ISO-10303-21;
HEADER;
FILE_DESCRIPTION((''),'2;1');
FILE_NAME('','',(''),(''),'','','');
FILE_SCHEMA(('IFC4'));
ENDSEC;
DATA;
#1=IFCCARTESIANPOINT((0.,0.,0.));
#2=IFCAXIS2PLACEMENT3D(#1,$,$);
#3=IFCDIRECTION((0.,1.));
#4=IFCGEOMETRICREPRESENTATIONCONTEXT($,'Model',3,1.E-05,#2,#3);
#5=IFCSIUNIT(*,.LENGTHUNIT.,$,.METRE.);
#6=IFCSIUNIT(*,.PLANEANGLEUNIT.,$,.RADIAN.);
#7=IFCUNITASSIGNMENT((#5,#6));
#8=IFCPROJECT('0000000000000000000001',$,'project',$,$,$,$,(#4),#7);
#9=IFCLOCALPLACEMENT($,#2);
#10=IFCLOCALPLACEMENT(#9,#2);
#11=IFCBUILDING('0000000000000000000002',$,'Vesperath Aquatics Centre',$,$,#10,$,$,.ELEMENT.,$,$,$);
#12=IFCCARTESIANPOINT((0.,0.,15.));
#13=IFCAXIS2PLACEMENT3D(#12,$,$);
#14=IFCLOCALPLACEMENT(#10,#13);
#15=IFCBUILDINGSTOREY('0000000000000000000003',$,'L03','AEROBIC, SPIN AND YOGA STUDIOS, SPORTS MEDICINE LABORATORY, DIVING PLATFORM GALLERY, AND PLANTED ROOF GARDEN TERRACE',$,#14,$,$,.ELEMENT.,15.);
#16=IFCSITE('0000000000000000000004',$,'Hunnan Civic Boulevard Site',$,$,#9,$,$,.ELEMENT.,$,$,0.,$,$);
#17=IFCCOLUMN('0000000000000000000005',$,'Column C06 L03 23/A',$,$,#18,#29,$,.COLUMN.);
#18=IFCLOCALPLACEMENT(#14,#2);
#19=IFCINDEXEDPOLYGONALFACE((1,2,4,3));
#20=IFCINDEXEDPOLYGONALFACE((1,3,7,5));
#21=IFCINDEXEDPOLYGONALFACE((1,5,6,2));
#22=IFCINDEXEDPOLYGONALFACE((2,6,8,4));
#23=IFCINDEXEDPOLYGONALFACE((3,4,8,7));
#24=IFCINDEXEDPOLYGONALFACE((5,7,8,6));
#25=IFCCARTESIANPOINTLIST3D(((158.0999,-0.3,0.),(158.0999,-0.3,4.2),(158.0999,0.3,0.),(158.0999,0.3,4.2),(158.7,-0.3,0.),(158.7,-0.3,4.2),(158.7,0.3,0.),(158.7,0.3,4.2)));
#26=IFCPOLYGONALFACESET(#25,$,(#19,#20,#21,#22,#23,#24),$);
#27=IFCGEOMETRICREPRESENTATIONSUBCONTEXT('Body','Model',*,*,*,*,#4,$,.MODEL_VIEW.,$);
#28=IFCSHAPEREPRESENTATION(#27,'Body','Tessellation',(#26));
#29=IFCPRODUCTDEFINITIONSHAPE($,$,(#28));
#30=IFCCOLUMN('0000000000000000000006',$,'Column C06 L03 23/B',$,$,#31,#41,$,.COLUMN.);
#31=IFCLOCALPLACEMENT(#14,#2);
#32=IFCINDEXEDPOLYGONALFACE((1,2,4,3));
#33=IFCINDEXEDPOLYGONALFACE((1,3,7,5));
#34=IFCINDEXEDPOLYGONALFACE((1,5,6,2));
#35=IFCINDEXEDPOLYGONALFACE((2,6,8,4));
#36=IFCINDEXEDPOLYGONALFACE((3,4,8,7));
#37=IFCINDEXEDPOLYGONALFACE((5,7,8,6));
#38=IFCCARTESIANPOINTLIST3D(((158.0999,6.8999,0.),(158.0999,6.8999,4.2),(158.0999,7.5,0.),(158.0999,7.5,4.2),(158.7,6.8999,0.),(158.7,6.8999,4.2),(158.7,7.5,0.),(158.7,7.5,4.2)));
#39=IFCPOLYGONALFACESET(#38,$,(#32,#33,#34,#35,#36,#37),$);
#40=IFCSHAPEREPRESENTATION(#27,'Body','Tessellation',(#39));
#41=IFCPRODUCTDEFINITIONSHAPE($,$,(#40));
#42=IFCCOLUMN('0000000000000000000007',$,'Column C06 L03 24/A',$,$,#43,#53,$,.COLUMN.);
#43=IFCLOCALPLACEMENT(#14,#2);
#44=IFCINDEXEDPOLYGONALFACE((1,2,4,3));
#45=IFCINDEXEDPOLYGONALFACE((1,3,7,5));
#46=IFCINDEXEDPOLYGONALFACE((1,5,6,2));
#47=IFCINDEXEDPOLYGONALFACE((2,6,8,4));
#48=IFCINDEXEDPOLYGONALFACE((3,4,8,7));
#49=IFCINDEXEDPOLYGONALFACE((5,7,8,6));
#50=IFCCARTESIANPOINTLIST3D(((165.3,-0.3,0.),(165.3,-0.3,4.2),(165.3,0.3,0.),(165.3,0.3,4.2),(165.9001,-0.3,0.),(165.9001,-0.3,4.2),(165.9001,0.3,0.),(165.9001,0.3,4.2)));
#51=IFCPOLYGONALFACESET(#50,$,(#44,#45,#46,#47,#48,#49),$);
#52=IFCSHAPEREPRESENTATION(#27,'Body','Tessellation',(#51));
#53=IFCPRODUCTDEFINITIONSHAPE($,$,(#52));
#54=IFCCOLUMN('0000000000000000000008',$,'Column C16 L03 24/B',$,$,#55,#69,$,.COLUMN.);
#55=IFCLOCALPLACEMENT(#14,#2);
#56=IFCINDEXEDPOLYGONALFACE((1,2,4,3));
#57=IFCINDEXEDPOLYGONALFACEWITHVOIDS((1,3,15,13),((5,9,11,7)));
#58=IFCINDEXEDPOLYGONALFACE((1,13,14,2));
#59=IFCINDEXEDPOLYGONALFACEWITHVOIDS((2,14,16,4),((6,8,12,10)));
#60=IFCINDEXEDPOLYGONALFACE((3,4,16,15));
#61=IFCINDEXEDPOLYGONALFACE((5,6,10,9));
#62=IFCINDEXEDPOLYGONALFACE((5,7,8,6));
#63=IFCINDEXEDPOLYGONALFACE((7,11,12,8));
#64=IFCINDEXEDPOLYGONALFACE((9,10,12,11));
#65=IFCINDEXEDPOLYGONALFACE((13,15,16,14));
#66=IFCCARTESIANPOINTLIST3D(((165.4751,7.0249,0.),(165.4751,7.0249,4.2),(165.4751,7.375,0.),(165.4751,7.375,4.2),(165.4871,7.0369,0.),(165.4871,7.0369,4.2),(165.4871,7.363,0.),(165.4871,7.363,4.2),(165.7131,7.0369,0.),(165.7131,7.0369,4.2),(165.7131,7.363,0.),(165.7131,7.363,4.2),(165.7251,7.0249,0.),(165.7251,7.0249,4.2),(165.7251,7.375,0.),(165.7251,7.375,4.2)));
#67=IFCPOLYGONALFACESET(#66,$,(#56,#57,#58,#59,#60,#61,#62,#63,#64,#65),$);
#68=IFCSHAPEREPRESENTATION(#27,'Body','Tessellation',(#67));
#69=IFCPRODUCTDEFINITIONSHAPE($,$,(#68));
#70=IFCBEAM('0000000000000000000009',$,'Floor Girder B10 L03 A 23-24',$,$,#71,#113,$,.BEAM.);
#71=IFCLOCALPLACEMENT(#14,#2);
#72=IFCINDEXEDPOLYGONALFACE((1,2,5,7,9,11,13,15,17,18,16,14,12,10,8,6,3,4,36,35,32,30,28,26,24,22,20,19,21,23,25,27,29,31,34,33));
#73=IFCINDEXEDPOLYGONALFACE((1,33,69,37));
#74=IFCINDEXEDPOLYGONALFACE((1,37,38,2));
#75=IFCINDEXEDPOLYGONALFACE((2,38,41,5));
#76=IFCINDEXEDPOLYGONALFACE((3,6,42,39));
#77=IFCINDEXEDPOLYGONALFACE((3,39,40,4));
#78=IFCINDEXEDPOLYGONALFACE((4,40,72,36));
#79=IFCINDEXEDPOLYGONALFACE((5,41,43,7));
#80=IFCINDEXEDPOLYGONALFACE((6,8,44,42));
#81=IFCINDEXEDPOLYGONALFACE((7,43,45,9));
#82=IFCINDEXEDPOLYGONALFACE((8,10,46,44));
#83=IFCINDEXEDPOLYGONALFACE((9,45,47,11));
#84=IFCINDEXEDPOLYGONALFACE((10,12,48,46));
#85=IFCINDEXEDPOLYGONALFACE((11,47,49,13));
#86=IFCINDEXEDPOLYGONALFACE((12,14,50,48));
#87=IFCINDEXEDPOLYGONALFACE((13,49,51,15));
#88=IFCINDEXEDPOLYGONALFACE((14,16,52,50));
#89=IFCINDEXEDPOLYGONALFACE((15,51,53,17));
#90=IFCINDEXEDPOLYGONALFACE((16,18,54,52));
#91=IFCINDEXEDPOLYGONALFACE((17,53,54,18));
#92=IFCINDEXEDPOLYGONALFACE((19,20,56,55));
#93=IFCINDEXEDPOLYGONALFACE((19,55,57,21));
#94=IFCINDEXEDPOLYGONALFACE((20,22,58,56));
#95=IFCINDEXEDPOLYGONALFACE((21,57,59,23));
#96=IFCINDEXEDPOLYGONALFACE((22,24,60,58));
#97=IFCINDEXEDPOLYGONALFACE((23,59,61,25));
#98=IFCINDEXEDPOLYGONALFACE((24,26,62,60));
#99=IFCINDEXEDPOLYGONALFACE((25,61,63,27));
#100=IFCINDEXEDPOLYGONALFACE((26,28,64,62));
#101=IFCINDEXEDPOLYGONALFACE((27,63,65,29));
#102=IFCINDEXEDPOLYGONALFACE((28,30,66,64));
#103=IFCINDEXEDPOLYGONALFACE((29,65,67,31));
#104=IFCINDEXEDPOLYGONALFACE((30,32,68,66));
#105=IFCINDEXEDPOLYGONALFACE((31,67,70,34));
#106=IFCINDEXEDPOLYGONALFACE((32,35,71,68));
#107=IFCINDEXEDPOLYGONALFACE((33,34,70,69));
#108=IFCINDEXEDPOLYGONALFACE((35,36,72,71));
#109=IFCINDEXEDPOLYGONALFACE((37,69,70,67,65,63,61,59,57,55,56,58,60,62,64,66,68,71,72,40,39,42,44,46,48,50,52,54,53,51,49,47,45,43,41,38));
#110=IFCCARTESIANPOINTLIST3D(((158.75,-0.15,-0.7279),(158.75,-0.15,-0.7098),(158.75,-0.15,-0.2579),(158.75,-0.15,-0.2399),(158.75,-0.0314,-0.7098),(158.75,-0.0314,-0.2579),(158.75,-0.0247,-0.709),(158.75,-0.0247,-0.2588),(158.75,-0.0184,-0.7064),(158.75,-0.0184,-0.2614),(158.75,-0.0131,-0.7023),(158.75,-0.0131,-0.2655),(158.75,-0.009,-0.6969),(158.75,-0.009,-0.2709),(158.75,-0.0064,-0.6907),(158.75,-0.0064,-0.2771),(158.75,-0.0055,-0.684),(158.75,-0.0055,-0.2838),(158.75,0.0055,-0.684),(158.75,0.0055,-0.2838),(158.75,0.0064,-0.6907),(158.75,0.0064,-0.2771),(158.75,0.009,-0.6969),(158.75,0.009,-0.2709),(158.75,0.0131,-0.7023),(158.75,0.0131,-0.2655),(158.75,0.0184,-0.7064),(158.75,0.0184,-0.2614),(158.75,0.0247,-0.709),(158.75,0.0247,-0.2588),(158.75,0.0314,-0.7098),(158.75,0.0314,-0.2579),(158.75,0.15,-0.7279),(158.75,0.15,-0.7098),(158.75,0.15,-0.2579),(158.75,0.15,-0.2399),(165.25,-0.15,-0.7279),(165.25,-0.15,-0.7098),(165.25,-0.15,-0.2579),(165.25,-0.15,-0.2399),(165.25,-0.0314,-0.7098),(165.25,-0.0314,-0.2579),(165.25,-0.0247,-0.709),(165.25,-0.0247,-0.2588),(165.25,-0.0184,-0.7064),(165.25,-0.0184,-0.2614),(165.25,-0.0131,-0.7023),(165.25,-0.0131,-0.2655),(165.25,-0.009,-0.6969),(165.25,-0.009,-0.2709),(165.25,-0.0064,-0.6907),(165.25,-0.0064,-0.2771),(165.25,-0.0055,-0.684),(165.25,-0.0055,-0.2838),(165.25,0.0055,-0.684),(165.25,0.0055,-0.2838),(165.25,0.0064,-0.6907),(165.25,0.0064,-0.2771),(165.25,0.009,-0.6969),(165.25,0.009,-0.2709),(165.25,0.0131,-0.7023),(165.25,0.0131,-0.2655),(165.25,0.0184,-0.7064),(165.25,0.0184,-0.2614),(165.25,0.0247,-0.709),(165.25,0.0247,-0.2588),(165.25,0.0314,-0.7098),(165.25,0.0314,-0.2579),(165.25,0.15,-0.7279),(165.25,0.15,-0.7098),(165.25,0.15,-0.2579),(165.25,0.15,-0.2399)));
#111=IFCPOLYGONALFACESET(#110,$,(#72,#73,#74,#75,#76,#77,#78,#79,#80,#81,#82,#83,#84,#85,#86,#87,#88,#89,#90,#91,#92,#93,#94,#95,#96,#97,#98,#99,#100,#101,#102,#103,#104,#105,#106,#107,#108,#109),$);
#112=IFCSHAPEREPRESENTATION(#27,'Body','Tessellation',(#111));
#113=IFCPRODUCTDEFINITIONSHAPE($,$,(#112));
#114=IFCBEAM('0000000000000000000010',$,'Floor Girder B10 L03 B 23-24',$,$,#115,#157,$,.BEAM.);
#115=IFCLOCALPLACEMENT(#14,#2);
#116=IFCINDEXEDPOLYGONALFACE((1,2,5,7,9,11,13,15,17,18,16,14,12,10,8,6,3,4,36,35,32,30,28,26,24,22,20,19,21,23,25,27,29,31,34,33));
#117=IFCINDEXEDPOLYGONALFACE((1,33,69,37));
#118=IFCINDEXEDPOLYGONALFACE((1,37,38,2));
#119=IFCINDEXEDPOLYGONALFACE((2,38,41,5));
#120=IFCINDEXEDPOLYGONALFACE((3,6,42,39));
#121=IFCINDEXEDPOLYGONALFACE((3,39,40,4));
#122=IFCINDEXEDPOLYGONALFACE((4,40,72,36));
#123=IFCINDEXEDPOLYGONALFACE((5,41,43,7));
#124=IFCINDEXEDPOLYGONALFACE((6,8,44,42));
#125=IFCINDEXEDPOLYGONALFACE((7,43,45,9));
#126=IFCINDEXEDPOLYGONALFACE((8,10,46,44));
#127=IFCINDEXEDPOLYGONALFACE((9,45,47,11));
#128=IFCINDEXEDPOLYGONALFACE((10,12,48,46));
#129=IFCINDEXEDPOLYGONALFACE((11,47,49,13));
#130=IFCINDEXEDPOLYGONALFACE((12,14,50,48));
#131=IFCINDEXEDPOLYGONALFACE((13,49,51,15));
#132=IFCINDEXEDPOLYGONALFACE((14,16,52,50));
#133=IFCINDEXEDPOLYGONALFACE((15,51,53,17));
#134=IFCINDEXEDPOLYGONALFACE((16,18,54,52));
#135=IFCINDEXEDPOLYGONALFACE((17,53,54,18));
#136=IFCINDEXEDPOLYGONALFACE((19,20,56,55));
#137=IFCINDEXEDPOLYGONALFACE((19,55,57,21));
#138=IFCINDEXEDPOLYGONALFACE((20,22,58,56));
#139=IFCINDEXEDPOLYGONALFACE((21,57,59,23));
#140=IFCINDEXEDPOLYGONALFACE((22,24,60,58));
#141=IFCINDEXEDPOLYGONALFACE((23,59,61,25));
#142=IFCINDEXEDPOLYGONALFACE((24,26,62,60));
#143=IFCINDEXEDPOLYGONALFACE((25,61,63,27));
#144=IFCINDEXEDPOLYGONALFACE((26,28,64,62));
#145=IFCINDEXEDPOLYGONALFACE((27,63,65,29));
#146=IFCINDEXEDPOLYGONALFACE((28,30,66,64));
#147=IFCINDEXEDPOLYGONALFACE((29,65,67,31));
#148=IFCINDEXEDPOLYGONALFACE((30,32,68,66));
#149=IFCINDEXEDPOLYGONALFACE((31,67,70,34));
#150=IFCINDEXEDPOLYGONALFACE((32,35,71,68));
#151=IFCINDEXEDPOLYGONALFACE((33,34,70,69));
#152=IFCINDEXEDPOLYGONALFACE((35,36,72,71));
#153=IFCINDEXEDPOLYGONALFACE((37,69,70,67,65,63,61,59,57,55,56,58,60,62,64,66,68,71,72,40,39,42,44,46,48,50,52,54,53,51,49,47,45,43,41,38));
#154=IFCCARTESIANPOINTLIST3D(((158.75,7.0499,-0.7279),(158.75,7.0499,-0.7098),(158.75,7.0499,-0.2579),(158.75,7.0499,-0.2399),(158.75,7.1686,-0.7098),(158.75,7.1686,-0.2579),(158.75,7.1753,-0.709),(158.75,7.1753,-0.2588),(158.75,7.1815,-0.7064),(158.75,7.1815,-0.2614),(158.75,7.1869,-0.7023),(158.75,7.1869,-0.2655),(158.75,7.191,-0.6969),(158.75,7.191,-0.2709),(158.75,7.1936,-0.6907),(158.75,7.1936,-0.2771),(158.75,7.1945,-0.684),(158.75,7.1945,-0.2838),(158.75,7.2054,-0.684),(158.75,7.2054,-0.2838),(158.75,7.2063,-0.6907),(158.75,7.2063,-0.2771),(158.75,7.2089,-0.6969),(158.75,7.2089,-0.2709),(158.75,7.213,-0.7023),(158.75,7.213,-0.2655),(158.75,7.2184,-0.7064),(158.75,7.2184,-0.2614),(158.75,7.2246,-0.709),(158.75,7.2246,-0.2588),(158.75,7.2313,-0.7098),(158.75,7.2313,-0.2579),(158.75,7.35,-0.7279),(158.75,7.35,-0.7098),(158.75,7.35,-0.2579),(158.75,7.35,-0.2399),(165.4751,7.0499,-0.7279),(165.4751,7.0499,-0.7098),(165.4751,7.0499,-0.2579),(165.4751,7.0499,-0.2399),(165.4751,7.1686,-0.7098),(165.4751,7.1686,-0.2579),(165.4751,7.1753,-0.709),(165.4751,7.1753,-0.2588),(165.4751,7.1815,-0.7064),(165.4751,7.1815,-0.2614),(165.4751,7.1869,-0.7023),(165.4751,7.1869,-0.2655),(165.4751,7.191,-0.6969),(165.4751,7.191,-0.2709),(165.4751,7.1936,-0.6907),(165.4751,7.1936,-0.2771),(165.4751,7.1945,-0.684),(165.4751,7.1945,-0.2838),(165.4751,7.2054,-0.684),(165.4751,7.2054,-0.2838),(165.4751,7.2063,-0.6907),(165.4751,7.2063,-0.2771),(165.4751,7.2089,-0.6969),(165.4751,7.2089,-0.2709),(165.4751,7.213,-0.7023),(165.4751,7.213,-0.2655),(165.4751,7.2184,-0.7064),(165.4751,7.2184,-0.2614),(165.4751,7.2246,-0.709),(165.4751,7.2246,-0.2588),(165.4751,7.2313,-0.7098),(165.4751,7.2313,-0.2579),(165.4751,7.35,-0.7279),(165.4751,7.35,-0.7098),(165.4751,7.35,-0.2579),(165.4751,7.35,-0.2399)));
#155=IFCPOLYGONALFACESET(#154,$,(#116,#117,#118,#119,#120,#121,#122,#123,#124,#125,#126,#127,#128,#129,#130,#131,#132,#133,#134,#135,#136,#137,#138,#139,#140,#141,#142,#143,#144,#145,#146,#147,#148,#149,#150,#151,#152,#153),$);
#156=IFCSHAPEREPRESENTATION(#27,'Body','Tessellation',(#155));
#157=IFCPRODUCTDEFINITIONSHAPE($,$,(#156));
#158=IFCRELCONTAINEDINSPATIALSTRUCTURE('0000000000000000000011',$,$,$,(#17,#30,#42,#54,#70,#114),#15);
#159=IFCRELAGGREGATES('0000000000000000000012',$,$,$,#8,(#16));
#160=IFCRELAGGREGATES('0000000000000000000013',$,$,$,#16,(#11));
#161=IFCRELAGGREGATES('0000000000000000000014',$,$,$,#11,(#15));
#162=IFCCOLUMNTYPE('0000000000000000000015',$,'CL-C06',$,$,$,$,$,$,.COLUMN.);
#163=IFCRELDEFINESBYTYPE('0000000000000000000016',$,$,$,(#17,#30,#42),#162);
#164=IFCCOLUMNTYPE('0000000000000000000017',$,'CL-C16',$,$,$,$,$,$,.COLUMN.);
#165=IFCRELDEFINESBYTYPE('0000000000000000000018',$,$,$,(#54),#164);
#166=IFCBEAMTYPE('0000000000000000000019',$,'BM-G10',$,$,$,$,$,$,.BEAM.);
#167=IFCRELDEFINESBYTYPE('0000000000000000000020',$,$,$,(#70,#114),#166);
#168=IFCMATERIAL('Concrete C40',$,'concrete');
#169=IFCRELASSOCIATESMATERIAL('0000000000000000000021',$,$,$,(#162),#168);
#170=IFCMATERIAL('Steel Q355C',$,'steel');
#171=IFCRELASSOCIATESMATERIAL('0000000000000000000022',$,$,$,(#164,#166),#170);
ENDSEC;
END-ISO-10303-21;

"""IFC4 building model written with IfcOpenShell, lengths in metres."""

from ifc_helpers import new_model, si_unit, direction, frame, origin, origin_2d, place, context, subcontext, project, spatial, rectangle, hollow_rectangle, i_section, extrude, material, material_profile, profile_set, type_object, element, save


model = new_model("IFC4")

# Units and contexts
model_context = context("Model", 3, precision=1e-05, world=origin(), true_north=direction((0.0, 1.0)))
body_context = subcontext(model_context, "Body", "Model", "MODEL_VIEW")
ifc_project = project(units=[si_unit("LENGTHUNIT", "METRE"), si_unit("PLANEANGLEUNIT", "RADIAN")], contexts=[model_context])

# Site, building, storey
site_placement = place(None, origin())
site = spatial("IfcSite", under=ifc_project, at=site_placement, Name="Hunnan Civic Boulevard Site", CompositionType="ELEMENT", RefElevation=0.0)
building_placement = place(site_placement, origin())
building = spatial("IfcBuilding", under=site, at=building_placement, Name="Vesperath Aquatics Centre", CompositionType="ELEMENT")
storey_placement = place(building_placement, frame((0.0, 0.0, 15.0)))
storey = spatial("IfcBuildingStorey", under=building, at=storey_placement, Name="L03", Description="AEROBIC, SPIN AND YOGA STUDIOS, SPORTS MEDICINE LABORATORY, DIVING PLATFORM GALLERY, AND PLANTED ROOF GARDEN TERRACE", CompositionType="ELEMENT", Elevation=15.0)

# Columns
ifc_material_1 = material(Name="Concrete C40", Category="concrete")
ifc_material_profile_1 = material_profile(ifc_material_1, rectangle(XDim=0.6001, YDim=0.6001, at=origin_2d()), Name="RC 600x600")
ifc_profile_set_1 = profile_set([ifc_material_profile_1], Name="Concrete C40")
column_type_1 = type_object("IfcColumnType", Name="CL-C06", PredefinedType="COLUMN", material=ifc_profile_set_1)
for number, where, z_axis, x_axis, name in (
    (1, (158.3999, 0.0, 0.0), (0.0, 0.0, 1.0), (1.0, 0.0, 0.0), "Column C06 L03 23/A"),
    (2, (158.3999, 7.2, 0.0), (0.0, 0.0, 1.0), (1.0, 0.0, 0.0), "Column C06 L03 23/B"),
    (3, (165.6001, 0.0, 0.0), (0.0, 0.0, 1.0), (1.0, 0.0, 0.0), "Column C06 L03 24/A"),
):
    element("IfcColumn", number, at=place(storey_placement, frame(where, z_axis=z_axis, x_axis=x_axis)), inside=storey, type_object=column_type_1, Name=name, PredefinedType="COLUMN", context=body_context, shape_type="SweptSolid", body=[
        extrude(rectangle(XDim=0.6001, YDim=0.6001, at=origin_2d()), origin(), (0.0, 0.0, 1.0), 4.2),
    ])
ifc_material_2 = material(Name="Steel Q355C", Category="steel")
ifc_material_profile_2 = material_profile(ifc_material_2, hollow_rectangle(XDim=0.25, YDim=0.3501, WallThickness=0.012, at=origin_2d()), Name="RHS 350x250x12")
ifc_profile_set_2 = profile_set([ifc_material_profile_2], Name="Steel Q355C")
column_type_2 = type_object("IfcColumnType", Name="CL-C16", PredefinedType="COLUMN", material=ifc_profile_set_2)
column_placement = place(storey_placement, frame((165.6001, 7.2, 0.0), z_axis=(0.0, 0.0, 1.0), x_axis=(1.0, 0.0, 0.0)))
element("IfcColumn", 4, at=column_placement, inside=storey, type_object=column_type_2, Name="Column C16 L03 24/B", PredefinedType="COLUMN", context=body_context, shape_type="SweptSolid", body=[
    extrude(hollow_rectangle(XDim=0.25, YDim=0.3501, WallThickness=0.012, at=origin_2d()), origin(), (0.0, 0.0, 1.0), 4.2),
])

# Beams
ifc_material_profile_3 = material_profile(ifc_material_2, i_section(OverallWidth=0.3, OverallDepth=0.488, WebThickness=0.011, FlangeThickness=0.0181, FilletRadius=0.0259, at=origin_2d()), Name="HM 488x300x11x18")
ifc_profile_set_3 = profile_set([ifc_material_profile_3], Name="Steel Q355C")
beam_type_1 = type_object("IfcBeamType", Name="BM-G10", PredefinedType="BEAM", material=ifc_profile_set_3)
beam_1_placement = place(storey_placement, frame((158.75, 0.0, -0.4839), z_axis=(1.0, 0.0, 0.0), x_axis=(0.0, 1.0, 0.0)))
element("IfcBeam", 5, at=beam_1_placement, inside=storey, type_object=beam_type_1, Name="Floor Girder B10 L03 A 23-24", PredefinedType="BEAM", context=body_context, shape_type="SweptSolid", body=[
    extrude(i_section(OverallWidth=0.3, OverallDepth=0.488, WebThickness=0.011, FlangeThickness=0.0181, FilletRadius=0.0259, at=origin_2d()), origin(), (0.0, 0.0, 1.0), 6.5),
])
beam_2_placement = place(storey_placement, frame((158.75, 7.2, -0.4839), z_axis=(1.0, 0.0, 0.0), x_axis=(0.0, 1.0, 0.0)))
element("IfcBeam", 6, at=beam_2_placement, inside=storey, type_object=beam_type_1, Name="Floor Girder B10 L03 B 23-24", PredefinedType="BEAM", context=body_context, shape_type="SweptSolid", body=[
    extrude(i_section(OverallWidth=0.3, OverallDepth=0.488, WebThickness=0.011, FlangeThickness=0.0181, FilletRadius=0.0259, at=origin_2d()), origin(), (0.0, 0.0, 1.0), 6.7251),
])

save(model, "model.ifc")
